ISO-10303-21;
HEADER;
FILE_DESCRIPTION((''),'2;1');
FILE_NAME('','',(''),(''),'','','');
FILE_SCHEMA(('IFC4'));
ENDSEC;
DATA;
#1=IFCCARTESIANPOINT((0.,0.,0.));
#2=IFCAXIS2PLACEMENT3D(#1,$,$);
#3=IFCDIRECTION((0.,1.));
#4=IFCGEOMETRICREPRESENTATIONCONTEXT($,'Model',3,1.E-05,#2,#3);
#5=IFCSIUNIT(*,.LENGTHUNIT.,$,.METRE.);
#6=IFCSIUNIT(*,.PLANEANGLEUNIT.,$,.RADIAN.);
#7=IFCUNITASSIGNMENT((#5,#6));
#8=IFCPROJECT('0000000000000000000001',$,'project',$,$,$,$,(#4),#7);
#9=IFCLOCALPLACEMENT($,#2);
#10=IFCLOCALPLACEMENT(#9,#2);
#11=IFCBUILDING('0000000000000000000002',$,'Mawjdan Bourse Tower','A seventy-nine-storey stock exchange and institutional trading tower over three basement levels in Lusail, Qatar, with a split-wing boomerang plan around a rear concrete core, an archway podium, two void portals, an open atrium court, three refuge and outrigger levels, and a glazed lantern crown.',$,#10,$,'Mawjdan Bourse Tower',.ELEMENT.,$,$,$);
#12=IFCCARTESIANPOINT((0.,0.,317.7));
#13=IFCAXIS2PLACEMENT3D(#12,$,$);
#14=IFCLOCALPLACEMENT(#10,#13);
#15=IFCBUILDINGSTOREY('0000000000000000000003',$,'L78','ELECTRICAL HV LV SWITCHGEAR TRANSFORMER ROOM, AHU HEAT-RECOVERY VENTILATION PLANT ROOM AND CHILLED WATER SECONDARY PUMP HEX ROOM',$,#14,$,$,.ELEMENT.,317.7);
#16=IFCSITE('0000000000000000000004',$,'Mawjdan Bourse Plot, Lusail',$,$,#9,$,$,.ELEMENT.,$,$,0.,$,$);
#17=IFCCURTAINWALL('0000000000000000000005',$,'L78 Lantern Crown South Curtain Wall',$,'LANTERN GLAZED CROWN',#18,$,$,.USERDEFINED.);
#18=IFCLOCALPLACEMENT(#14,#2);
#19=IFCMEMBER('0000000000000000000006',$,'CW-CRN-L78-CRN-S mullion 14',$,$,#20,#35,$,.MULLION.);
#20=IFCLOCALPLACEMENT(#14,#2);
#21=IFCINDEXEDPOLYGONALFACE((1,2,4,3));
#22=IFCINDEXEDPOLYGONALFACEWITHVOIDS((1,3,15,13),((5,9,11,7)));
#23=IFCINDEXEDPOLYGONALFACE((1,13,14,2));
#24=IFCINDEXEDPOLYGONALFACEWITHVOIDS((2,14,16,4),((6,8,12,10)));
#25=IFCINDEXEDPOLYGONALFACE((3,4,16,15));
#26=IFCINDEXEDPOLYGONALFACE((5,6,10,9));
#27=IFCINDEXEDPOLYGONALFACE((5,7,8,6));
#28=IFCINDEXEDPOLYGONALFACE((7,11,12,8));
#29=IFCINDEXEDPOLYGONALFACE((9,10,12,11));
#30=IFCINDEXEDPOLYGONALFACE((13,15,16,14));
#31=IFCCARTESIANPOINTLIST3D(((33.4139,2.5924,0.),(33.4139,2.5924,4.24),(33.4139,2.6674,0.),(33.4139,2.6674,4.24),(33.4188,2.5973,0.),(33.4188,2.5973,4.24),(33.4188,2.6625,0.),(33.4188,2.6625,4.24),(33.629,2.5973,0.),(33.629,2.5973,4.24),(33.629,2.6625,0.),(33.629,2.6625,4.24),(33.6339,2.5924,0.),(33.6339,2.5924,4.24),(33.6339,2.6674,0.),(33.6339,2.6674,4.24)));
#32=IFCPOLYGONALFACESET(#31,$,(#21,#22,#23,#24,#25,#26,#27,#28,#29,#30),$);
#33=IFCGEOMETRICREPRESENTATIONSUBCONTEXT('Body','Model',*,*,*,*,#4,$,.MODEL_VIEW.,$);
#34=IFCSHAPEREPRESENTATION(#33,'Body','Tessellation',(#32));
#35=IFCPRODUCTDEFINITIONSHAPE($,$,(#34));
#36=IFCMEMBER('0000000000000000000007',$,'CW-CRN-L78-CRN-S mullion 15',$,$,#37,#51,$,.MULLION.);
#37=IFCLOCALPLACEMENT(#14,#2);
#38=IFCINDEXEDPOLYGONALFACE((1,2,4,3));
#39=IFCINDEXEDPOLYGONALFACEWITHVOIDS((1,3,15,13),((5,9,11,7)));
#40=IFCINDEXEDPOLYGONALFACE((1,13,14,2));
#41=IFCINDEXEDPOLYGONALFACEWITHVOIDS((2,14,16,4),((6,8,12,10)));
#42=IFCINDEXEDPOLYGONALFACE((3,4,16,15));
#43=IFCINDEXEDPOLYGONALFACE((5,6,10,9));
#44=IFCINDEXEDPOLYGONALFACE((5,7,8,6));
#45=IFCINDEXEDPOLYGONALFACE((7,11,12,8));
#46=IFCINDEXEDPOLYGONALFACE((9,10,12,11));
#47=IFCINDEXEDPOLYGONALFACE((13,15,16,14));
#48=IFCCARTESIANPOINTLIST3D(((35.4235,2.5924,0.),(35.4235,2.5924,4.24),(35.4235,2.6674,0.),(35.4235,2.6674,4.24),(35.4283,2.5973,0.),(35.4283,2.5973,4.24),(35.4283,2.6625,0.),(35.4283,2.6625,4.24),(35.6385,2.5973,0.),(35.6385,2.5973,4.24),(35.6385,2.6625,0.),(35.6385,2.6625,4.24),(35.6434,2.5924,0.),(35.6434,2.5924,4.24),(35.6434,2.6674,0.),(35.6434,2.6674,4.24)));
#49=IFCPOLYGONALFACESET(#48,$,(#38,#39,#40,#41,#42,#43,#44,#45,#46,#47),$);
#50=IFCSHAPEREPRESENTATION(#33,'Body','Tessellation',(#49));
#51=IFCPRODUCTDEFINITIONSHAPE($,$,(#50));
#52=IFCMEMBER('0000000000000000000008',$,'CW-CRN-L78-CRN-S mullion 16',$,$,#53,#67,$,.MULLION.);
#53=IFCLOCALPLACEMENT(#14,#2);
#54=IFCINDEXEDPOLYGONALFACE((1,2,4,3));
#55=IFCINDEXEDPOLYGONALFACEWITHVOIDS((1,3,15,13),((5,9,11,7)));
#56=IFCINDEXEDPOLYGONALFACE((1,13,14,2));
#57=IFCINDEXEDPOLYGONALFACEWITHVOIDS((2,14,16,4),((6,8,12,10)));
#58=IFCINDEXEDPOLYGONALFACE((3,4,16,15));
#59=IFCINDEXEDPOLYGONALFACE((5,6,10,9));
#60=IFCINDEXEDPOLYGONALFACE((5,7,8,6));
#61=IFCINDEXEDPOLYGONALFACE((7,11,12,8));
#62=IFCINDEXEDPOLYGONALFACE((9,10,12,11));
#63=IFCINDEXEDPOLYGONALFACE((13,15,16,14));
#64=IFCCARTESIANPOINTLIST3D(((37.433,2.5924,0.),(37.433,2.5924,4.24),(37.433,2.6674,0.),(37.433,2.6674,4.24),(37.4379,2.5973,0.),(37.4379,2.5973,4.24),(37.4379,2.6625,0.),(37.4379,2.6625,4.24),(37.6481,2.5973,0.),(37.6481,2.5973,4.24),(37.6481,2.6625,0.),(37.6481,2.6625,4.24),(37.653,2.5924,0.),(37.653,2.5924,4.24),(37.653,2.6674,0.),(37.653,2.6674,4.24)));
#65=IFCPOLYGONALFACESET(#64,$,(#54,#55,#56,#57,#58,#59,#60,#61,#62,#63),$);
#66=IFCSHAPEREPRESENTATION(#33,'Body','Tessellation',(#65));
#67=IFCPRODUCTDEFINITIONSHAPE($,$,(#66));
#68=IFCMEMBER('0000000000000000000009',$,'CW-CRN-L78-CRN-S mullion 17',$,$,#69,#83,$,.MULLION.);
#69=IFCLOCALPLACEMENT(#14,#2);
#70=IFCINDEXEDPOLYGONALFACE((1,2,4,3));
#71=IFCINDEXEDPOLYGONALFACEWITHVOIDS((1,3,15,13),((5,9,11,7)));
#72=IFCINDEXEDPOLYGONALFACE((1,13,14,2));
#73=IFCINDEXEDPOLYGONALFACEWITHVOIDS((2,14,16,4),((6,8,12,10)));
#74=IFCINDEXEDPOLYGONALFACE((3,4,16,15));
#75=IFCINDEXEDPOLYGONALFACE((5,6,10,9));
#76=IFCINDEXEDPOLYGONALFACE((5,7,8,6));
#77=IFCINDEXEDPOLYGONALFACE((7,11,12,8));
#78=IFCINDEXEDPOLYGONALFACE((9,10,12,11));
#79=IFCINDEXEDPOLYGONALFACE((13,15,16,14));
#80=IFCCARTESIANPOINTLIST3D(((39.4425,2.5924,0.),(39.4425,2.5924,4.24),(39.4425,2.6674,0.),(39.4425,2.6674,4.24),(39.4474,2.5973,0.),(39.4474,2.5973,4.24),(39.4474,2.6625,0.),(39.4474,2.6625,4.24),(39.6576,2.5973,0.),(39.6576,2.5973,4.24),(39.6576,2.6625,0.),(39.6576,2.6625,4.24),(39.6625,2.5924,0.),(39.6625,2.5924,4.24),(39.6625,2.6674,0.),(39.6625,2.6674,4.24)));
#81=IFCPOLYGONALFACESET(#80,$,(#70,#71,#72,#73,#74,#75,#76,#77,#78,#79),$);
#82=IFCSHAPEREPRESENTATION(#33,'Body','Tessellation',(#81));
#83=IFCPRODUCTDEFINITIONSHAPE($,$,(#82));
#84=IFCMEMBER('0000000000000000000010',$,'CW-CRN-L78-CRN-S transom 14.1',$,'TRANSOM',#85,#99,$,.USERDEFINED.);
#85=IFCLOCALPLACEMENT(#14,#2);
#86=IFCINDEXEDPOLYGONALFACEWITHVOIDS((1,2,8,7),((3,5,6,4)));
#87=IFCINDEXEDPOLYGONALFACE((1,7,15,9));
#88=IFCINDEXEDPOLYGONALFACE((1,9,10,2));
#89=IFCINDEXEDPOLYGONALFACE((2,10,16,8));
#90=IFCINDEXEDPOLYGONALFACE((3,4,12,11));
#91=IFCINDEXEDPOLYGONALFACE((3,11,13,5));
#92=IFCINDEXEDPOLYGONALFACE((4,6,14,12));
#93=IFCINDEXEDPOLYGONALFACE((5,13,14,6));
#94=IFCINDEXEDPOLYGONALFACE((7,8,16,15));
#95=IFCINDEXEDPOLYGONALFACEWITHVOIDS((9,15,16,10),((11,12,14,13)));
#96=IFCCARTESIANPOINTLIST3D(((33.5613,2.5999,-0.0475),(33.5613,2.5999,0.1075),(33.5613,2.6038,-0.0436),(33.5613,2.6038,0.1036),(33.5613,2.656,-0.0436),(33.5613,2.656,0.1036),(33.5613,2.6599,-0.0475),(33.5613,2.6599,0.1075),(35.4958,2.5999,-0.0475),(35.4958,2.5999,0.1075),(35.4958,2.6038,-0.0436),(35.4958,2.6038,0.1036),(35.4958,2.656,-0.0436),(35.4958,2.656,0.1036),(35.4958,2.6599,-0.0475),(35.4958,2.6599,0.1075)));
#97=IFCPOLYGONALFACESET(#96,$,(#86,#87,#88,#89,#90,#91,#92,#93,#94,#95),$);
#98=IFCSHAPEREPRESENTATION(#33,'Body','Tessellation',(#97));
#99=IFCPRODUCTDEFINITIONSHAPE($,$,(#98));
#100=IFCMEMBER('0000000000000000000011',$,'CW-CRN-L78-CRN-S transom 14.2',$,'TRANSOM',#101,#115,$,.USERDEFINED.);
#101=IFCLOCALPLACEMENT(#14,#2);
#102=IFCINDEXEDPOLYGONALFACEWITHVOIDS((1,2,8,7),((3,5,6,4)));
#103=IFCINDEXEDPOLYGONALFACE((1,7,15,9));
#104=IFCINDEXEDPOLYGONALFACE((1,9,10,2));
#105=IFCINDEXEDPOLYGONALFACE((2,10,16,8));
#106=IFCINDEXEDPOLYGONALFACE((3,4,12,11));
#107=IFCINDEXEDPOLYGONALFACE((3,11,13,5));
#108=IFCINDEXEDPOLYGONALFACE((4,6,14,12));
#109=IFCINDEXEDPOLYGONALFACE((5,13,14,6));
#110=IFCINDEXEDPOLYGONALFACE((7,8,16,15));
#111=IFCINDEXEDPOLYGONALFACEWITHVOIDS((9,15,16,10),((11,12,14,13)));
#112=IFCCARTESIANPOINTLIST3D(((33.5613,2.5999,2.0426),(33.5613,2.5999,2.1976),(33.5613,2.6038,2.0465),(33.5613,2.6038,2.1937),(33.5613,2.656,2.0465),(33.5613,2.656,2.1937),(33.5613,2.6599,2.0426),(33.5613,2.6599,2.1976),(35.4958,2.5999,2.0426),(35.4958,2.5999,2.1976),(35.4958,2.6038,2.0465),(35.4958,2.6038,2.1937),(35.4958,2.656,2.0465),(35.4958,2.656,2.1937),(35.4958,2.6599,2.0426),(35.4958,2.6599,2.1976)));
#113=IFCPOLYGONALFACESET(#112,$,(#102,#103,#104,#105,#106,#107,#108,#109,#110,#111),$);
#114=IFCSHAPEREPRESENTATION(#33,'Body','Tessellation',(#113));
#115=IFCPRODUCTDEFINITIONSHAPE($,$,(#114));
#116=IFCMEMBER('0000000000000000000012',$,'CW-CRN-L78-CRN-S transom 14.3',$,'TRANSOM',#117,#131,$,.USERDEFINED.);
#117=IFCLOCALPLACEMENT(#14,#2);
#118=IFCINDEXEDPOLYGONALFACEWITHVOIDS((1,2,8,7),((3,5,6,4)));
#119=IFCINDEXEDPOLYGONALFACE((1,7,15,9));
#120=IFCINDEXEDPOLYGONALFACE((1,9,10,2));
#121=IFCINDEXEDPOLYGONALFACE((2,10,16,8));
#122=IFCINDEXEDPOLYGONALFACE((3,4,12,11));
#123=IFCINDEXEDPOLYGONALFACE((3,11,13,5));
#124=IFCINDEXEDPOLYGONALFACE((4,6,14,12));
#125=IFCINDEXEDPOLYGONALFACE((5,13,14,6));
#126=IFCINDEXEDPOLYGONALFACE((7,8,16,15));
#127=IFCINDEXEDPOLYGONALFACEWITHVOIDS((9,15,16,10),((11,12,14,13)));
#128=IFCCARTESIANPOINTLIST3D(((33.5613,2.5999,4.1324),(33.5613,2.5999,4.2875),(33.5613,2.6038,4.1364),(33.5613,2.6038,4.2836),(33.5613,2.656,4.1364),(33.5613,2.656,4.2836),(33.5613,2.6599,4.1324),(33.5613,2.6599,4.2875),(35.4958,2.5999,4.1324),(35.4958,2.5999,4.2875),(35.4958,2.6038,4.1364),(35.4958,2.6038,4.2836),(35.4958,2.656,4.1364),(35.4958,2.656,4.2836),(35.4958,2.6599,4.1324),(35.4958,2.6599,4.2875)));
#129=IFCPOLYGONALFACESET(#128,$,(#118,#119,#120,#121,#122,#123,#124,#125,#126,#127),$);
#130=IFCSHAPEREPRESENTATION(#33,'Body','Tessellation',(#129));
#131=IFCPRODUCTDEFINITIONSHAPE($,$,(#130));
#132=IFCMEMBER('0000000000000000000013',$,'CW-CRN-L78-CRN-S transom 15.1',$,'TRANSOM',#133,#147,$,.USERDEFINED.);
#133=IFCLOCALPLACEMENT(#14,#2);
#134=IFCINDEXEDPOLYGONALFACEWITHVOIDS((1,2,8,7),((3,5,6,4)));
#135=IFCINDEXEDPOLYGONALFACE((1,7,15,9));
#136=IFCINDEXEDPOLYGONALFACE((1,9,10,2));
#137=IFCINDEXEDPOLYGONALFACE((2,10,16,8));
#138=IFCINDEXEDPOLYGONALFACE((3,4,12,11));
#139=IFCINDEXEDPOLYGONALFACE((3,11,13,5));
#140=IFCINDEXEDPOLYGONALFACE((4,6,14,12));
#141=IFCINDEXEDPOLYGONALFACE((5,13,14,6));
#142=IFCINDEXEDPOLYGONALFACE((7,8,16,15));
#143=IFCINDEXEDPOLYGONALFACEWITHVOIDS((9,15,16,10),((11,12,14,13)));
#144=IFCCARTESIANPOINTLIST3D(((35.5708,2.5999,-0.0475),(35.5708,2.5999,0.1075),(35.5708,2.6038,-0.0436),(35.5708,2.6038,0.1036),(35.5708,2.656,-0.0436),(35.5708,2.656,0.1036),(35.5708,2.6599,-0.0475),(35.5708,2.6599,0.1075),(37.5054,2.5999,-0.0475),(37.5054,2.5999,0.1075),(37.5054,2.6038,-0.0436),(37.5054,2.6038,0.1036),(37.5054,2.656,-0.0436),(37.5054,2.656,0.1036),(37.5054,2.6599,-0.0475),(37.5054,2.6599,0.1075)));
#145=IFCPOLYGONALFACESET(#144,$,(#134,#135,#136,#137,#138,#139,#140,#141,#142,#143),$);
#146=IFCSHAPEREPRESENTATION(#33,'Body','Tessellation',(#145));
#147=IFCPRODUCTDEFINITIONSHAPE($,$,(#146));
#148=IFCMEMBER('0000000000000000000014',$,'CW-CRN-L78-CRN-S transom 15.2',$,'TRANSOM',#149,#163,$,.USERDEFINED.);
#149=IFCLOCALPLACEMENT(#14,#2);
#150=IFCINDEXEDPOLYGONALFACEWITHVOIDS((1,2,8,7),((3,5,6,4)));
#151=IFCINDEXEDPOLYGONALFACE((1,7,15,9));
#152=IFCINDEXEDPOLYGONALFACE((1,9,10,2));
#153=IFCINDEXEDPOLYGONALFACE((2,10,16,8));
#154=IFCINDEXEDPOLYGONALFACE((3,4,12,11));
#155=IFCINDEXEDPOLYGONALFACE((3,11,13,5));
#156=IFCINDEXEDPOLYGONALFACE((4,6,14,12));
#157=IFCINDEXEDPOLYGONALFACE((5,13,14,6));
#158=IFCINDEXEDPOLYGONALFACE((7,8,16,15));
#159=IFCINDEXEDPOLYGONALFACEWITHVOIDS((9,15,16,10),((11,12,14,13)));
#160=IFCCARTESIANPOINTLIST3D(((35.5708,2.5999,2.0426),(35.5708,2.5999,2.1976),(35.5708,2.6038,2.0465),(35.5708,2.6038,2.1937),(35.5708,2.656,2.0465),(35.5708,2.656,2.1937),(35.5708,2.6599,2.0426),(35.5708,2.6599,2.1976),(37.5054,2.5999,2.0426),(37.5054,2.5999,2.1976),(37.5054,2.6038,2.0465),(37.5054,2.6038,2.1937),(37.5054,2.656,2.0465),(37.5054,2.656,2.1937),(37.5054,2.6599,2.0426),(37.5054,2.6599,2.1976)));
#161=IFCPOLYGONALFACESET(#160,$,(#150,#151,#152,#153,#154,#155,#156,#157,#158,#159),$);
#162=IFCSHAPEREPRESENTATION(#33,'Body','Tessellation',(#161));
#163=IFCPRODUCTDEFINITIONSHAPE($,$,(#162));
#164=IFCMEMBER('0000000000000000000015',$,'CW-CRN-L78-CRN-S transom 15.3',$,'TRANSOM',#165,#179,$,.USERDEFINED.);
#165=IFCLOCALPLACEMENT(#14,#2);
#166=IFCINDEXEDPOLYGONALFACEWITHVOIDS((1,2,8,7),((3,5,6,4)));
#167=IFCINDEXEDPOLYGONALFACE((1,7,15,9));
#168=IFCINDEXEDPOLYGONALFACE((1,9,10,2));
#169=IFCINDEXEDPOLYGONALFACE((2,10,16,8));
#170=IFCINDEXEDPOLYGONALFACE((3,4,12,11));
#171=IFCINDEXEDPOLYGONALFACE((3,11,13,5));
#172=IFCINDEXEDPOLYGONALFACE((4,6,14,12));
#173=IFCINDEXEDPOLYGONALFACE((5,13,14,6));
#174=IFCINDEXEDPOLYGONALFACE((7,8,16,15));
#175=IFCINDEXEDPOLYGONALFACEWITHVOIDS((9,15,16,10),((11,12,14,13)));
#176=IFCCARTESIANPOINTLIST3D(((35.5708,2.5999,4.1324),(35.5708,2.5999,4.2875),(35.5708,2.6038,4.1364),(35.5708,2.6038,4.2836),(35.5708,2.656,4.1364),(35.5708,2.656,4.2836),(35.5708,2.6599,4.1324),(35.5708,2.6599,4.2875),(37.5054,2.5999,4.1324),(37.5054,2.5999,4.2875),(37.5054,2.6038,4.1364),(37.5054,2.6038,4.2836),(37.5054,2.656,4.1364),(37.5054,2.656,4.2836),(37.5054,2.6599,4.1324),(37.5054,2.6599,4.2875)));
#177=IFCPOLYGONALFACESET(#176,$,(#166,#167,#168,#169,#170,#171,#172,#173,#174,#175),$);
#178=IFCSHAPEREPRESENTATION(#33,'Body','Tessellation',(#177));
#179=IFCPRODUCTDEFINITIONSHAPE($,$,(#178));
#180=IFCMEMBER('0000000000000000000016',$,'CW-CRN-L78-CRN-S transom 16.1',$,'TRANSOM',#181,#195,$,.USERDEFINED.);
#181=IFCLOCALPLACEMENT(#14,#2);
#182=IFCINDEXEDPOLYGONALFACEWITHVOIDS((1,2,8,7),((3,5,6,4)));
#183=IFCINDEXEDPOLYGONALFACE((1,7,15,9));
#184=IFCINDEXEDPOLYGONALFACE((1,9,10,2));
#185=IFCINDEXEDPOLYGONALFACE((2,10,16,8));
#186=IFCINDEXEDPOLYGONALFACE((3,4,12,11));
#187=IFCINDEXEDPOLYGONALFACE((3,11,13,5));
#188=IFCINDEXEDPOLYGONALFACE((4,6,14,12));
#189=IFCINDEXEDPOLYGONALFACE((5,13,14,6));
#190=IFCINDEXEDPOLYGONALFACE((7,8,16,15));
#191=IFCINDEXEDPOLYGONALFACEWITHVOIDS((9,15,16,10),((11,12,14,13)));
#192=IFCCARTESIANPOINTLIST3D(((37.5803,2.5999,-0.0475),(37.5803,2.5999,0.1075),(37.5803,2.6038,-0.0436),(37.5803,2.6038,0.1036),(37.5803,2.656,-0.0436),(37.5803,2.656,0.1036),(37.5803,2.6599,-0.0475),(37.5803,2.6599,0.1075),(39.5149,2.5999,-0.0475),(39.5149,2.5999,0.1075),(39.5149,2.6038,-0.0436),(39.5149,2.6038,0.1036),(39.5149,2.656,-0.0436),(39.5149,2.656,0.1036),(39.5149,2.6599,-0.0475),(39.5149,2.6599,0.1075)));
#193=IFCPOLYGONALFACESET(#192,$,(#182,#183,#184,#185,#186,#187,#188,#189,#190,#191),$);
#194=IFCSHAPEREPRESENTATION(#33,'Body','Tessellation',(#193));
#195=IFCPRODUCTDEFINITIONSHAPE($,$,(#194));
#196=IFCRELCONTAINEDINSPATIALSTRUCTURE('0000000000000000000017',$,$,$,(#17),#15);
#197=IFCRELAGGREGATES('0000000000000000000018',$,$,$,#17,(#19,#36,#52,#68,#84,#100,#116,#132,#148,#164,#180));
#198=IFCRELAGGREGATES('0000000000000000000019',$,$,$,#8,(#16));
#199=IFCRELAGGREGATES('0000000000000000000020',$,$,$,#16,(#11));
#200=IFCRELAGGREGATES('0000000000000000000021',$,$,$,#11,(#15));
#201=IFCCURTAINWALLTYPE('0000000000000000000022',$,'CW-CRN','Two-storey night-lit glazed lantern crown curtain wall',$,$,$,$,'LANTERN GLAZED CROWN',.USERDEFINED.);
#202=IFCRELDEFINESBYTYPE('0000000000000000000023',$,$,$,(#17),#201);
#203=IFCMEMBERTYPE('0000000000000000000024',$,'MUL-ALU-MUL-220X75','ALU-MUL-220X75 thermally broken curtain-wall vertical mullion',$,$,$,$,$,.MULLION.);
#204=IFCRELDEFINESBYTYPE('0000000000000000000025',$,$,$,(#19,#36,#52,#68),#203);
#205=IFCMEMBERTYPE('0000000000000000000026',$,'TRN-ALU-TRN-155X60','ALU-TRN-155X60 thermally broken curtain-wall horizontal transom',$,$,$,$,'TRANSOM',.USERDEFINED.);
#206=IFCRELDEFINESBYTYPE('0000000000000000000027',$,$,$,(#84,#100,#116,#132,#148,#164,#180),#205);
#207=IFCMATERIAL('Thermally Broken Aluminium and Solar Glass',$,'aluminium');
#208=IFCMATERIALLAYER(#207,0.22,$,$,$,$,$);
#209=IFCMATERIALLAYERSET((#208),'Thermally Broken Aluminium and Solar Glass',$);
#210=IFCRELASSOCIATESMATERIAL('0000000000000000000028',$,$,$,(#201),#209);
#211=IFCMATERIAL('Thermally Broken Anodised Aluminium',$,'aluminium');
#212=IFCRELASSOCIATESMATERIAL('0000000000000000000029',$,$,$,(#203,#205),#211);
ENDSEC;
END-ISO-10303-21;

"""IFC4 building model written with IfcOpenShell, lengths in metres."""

from ifc_helpers import new_model, si_unit, direction, frame, origin, origin_2d, place, context, subcontext, project, spatial, hollow_rectangle, extrude, material, layer, layer_set, material_profile, profile_set, type_object, element, aggregate, save


model = new_model("IFC4")

# Units and contexts
model_context = context("Model", 3, precision=1e-05, world=origin(), true_north=direction((0.0, 1.0)))
body_context = subcontext(model_context, "Body", "Model", "MODEL_VIEW")
ifc_project = project(units=[si_unit("LENGTHUNIT", "METRE"), si_unit("PLANEANGLEUNIT", "RADIAN")], contexts=[model_context])

# Site, building, storey
site_placement = place(None, origin())
site = spatial("IfcSite", under=ifc_project, at=site_placement, Name="Mawjdan Bourse Plot, Lusail", CompositionType="ELEMENT", RefElevation=0.0)
building_placement = place(site_placement, origin())
building = spatial("IfcBuilding", under=site, at=building_placement, Name="Mawjdan Bourse Tower", Description="A seventy-nine-storey stock exchange and institutional trading tower over three basement levels in Lusail, Qatar, with a split-wing boomerang plan around a rear concrete core, an archway podium, two void portals, an open atrium court, three refuge and outrigger levels, and a glazed lantern crown.", LongName="Mawjdan Bourse Tower", CompositionType="ELEMENT")
storey_placement = place(building_placement, frame((0.0, 0.0, 317.7)))
storey = spatial("IfcBuildingStorey", under=building, at=storey_placement, Name="L78", Description="ELECTRICAL HV LV SWITCHGEAR TRANSFORMER ROOM, AHU HEAT-RECOVERY VENTILATION PLANT ROOM AND CHILLED WATER SECONDARY PUMP HEX ROOM", CompositionType="ELEMENT", Elevation=317.7)

# Curtain wall, members
ifc_material_1 = material(Name="Thermally Broken Aluminium and Solar Glass", Category="aluminium")
ifc_layer_1 = layer(ifc_material_1, 0.22)
ifc_layer_set_1 = layer_set([ifc_layer_1], Name="Thermally Broken Aluminium and Solar Glass")
curtain_wall_type = type_object("IfcCurtainWallType", Name="CW-CRN", Description="Two-storey night-lit glazed lantern crown curtain wall", ElementType="LANTERN GLAZED CROWN", PredefinedType="USERDEFINED", material=ifc_layer_set_1)
curtain_wall_placement = place(storey_placement, origin())
curtain_wall = element("IfcCurtainWall", 1, at=curtain_wall_placement, inside=storey, type_object=curtain_wall_type, Name="L78 Lantern Crown South Curtain Wall", ObjectType="LANTERN GLAZED CROWN", PredefinedType="USERDEFINED")
ifc_material_2 = material(Name="Thermally Broken Anodised Aluminium", Category="aluminium")
ifc_material_profile_1 = material_profile(ifc_material_2, hollow_rectangle(XDim=0.075, YDim=0.22, WallThickness=0.0049, at=origin_2d()), Name="ALU-MUL-220X75")
ifc_profile_set_1 = profile_set([ifc_material_profile_1], Name="Thermally Broken Anodised Aluminium")
member_type_1 = type_object("IfcMemberType", Name="MUL-ALU-MUL-220X75", Description="ALU-MUL-220X75 thermally broken curtain-wall vertical mullion", PredefinedType="MULLION", material=ifc_profile_set_1)
member_1_placement = place(storey_placement, frame((33.5239, 2.6299, 0.0), z_axis=(0.0, 0.0, 1.0), x_axis=(0.0, 1.0, 0.0)))
member_1 = element("IfcMember", 2, at=member_1_placement, type_object=member_type_1, Name="CW-CRN-L78-CRN-S mullion 14", PredefinedType="MULLION", context=body_context, shape_type="SweptSolid", body=[
    extrude(hollow_rectangle(XDim=0.075, YDim=0.22, WallThickness=0.0049, at=origin_2d()), origin(), (0.0, 0.0, 1.0), 4.24),
])
member_2_placement = place(storey_placement, frame((35.5334, 2.6299, 0.0), z_axis=(0.0, 0.0, 1.0), x_axis=(0.0, 1.0, 0.0)))
member_2 = element("IfcMember", 3, at=member_2_placement, type_object=member_type_1, Name="CW-CRN-L78-CRN-S mullion 15", PredefinedType="MULLION", context=body_context, shape_type="SweptSolid", body=[
    extrude(hollow_rectangle(XDim=0.075, YDim=0.22, WallThickness=0.0049, at=origin_2d()), origin(), (0.0, 0.0, 1.0), 4.24),
])
member_3_placement = place(storey_placement, frame((37.543, 2.6299, 0.0), z_axis=(0.0, 0.0, 1.0), x_axis=(0.0, 1.0, 0.0)))
member_3 = element("IfcMember", 4, at=member_3_placement, type_object=member_type_1, Name="CW-CRN-L78-CRN-S mullion 16", PredefinedType="MULLION", context=body_context, shape_type="SweptSolid", body=[
    extrude(hollow_rectangle(XDim=0.075, YDim=0.22, WallThickness=0.0049, at=origin_2d()), origin(), (0.0, 0.0, 1.0), 4.24),
])
member_4_placement = place(storey_placement, frame((39.5525, 2.6299, 0.0), z_axis=(0.0, 0.0, 1.0), x_axis=(0.0, 1.0, 0.0)))
member_4 = element("IfcMember", 5, at=member_4_placement, type_object=member_type_1, Name="CW-CRN-L78-CRN-S mullion 17", PredefinedType="MULLION", context=body_context, shape_type="SweptSolid", body=[
    extrude(hollow_rectangle(XDim=0.075, YDim=0.22, WallThickness=0.0049, at=origin_2d()), origin(), (0.0, 0.0, 1.0), 4.24),
])
ifc_material_profile_2 = material_profile(ifc_material_2, hollow_rectangle(XDim=0.0601, YDim=0.155, WallThickness=0.0039, at=origin_2d()), Name="ALU-TRN-155X60")
ifc_profile_set_2 = profile_set([ifc_material_profile_2], Name="Thermally Broken Anodised Aluminium")
member_type_2 = type_object("IfcMemberType", Name="TRN-ALU-TRN-155X60", Description="ALU-TRN-155X60 thermally broken curtain-wall horizontal transom", ElementType="TRANSOM", PredefinedType="USERDEFINED", material=ifc_profile_set_2)
member_5_placement = place(storey_placement, frame((33.5613, 2.6299, 0.03), z_axis=(1.0, 0.0, 0.0), x_axis=(0.0, 1.0, 0.0)))
member_5 = element("IfcMember", 6, at=member_5_placement, type_object=member_type_2, Name="CW-CRN-L78-CRN-S transom 14.1", ObjectType="TRANSOM", PredefinedType="USERDEFINED", context=body_context, shape_type="SweptSolid", body=[
    extrude(hollow_rectangle(XDim=0.0601, YDim=0.155, WallThickness=0.0039, at=origin_2d()), origin(), (0.0, 0.0, 1.0), 1.9346),
])
member_6_placement = place(storey_placement, frame((33.5613, 2.6299, 2.1201), z_axis=(1.0, 0.0, 0.0), x_axis=(0.0, 1.0, 0.0)))
member_6 = element("IfcMember", 7, at=member_6_placement, type_object=member_type_2, Name="CW-CRN-L78-CRN-S transom 14.2", ObjectType="TRANSOM", PredefinedType="USERDEFINED", context=body_context, shape_type="SweptSolid", body=[
    extrude(hollow_rectangle(XDim=0.0601, YDim=0.155, WallThickness=0.0039, at=origin_2d()), origin(), (0.0, 0.0, 1.0), 1.9346),
])
member_7_placement = place(storey_placement, frame((33.5613, 2.6299, 4.21), z_axis=(1.0, 0.0, 0.0), x_axis=(0.0, 1.0, 0.0)))
member_7 = element("IfcMember", 8, at=member_7_placement, type_object=member_type_2, Name="CW-CRN-L78-CRN-S transom 14.3", ObjectType="TRANSOM", PredefinedType="USERDEFINED", context=body_context, shape_type="SweptSolid", body=[
    extrude(hollow_rectangle(XDim=0.0601, YDim=0.155, WallThickness=0.0039, at=origin_2d()), origin(), (0.0, 0.0, 1.0), 1.9346),
])
member_8_placement = place(storey_placement, frame((35.5708, 2.6299, 0.03), z_axis=(1.0, 0.0, 0.0), x_axis=(0.0, 1.0, 0.0)))
member_8 = element("IfcMember", 9, at=member_8_placement, type_object=member_type_2, Name="CW-CRN-L78-CRN-S transom 15.1", ObjectType="TRANSOM", PredefinedType="USERDEFINED", context=body_context, shape_type="SweptSolid", body=[
    extrude(hollow_rectangle(XDim=0.0601, YDim=0.155, WallThickness=0.0039, at=origin_2d()), origin(), (0.0, 0.0, 1.0), 1.9346),
])
member_9_placement = place(storey_placement, frame((35.5708, 2.6299, 2.1201), z_axis=(1.0, 0.0, 0.0), x_axis=(0.0, 1.0, 0.0)))
member_9 = element("IfcMember", 10, at=member_9_placement, type_object=member_type_2, Name="CW-CRN-L78-CRN-S transom 15.2", ObjectType="TRANSOM", PredefinedType="USERDEFINED", context=body_context, shape_type="SweptSolid", body=[
    extrude(hollow_rectangle(XDim=0.0601, YDim=0.155, WallThickness=0.0039, at=origin_2d()), origin(), (0.0, 0.0, 1.0), 1.9346),
])
member_10_placement = place(storey_placement, frame((35.5708, 2.6299, 4.21), z_axis=(1.0, 0.0, 0.0), x_axis=(0.0, 1.0, 0.0)))
member_10 = element("IfcMember", 11, at=member_10_placement, type_object=member_type_2, Name="CW-CRN-L78-CRN-S transom 15.3", ObjectType="TRANSOM", PredefinedType="USERDEFINED", context=body_context, shape_type="SweptSolid", body=[
    extrude(hollow_rectangle(XDim=0.0601, YDim=0.155, WallThickness=0.0039, at=origin_2d()), origin(), (0.0, 0.0, 1.0), 1.9346),
])
member_11_placement = place(storey_placement, frame((37.5803, 2.6299, 0.03), z_axis=(1.0, 0.0, 0.0), x_axis=(0.0, 1.0, 0.0)))
member_11 = element("IfcMember", 12, at=member_11_placement, type_object=member_type_2, Name="CW-CRN-L78-CRN-S transom 16.1", ObjectType="TRANSOM", PredefinedType="USERDEFINED", context=body_context, shape_type="SweptSolid", body=[
    extrude(hollow_rectangle(XDim=0.0601, YDim=0.155, WallThickness=0.0039, at=origin_2d()), origin(), (0.0, 0.0, 1.0), 1.9346),
])
aggregate(curtain_wall, [member_1, member_2, member_3, member_4, member_5, member_6, member_7, member_8, member_9, member_10, member_11])

save(model, "model.ifc")
